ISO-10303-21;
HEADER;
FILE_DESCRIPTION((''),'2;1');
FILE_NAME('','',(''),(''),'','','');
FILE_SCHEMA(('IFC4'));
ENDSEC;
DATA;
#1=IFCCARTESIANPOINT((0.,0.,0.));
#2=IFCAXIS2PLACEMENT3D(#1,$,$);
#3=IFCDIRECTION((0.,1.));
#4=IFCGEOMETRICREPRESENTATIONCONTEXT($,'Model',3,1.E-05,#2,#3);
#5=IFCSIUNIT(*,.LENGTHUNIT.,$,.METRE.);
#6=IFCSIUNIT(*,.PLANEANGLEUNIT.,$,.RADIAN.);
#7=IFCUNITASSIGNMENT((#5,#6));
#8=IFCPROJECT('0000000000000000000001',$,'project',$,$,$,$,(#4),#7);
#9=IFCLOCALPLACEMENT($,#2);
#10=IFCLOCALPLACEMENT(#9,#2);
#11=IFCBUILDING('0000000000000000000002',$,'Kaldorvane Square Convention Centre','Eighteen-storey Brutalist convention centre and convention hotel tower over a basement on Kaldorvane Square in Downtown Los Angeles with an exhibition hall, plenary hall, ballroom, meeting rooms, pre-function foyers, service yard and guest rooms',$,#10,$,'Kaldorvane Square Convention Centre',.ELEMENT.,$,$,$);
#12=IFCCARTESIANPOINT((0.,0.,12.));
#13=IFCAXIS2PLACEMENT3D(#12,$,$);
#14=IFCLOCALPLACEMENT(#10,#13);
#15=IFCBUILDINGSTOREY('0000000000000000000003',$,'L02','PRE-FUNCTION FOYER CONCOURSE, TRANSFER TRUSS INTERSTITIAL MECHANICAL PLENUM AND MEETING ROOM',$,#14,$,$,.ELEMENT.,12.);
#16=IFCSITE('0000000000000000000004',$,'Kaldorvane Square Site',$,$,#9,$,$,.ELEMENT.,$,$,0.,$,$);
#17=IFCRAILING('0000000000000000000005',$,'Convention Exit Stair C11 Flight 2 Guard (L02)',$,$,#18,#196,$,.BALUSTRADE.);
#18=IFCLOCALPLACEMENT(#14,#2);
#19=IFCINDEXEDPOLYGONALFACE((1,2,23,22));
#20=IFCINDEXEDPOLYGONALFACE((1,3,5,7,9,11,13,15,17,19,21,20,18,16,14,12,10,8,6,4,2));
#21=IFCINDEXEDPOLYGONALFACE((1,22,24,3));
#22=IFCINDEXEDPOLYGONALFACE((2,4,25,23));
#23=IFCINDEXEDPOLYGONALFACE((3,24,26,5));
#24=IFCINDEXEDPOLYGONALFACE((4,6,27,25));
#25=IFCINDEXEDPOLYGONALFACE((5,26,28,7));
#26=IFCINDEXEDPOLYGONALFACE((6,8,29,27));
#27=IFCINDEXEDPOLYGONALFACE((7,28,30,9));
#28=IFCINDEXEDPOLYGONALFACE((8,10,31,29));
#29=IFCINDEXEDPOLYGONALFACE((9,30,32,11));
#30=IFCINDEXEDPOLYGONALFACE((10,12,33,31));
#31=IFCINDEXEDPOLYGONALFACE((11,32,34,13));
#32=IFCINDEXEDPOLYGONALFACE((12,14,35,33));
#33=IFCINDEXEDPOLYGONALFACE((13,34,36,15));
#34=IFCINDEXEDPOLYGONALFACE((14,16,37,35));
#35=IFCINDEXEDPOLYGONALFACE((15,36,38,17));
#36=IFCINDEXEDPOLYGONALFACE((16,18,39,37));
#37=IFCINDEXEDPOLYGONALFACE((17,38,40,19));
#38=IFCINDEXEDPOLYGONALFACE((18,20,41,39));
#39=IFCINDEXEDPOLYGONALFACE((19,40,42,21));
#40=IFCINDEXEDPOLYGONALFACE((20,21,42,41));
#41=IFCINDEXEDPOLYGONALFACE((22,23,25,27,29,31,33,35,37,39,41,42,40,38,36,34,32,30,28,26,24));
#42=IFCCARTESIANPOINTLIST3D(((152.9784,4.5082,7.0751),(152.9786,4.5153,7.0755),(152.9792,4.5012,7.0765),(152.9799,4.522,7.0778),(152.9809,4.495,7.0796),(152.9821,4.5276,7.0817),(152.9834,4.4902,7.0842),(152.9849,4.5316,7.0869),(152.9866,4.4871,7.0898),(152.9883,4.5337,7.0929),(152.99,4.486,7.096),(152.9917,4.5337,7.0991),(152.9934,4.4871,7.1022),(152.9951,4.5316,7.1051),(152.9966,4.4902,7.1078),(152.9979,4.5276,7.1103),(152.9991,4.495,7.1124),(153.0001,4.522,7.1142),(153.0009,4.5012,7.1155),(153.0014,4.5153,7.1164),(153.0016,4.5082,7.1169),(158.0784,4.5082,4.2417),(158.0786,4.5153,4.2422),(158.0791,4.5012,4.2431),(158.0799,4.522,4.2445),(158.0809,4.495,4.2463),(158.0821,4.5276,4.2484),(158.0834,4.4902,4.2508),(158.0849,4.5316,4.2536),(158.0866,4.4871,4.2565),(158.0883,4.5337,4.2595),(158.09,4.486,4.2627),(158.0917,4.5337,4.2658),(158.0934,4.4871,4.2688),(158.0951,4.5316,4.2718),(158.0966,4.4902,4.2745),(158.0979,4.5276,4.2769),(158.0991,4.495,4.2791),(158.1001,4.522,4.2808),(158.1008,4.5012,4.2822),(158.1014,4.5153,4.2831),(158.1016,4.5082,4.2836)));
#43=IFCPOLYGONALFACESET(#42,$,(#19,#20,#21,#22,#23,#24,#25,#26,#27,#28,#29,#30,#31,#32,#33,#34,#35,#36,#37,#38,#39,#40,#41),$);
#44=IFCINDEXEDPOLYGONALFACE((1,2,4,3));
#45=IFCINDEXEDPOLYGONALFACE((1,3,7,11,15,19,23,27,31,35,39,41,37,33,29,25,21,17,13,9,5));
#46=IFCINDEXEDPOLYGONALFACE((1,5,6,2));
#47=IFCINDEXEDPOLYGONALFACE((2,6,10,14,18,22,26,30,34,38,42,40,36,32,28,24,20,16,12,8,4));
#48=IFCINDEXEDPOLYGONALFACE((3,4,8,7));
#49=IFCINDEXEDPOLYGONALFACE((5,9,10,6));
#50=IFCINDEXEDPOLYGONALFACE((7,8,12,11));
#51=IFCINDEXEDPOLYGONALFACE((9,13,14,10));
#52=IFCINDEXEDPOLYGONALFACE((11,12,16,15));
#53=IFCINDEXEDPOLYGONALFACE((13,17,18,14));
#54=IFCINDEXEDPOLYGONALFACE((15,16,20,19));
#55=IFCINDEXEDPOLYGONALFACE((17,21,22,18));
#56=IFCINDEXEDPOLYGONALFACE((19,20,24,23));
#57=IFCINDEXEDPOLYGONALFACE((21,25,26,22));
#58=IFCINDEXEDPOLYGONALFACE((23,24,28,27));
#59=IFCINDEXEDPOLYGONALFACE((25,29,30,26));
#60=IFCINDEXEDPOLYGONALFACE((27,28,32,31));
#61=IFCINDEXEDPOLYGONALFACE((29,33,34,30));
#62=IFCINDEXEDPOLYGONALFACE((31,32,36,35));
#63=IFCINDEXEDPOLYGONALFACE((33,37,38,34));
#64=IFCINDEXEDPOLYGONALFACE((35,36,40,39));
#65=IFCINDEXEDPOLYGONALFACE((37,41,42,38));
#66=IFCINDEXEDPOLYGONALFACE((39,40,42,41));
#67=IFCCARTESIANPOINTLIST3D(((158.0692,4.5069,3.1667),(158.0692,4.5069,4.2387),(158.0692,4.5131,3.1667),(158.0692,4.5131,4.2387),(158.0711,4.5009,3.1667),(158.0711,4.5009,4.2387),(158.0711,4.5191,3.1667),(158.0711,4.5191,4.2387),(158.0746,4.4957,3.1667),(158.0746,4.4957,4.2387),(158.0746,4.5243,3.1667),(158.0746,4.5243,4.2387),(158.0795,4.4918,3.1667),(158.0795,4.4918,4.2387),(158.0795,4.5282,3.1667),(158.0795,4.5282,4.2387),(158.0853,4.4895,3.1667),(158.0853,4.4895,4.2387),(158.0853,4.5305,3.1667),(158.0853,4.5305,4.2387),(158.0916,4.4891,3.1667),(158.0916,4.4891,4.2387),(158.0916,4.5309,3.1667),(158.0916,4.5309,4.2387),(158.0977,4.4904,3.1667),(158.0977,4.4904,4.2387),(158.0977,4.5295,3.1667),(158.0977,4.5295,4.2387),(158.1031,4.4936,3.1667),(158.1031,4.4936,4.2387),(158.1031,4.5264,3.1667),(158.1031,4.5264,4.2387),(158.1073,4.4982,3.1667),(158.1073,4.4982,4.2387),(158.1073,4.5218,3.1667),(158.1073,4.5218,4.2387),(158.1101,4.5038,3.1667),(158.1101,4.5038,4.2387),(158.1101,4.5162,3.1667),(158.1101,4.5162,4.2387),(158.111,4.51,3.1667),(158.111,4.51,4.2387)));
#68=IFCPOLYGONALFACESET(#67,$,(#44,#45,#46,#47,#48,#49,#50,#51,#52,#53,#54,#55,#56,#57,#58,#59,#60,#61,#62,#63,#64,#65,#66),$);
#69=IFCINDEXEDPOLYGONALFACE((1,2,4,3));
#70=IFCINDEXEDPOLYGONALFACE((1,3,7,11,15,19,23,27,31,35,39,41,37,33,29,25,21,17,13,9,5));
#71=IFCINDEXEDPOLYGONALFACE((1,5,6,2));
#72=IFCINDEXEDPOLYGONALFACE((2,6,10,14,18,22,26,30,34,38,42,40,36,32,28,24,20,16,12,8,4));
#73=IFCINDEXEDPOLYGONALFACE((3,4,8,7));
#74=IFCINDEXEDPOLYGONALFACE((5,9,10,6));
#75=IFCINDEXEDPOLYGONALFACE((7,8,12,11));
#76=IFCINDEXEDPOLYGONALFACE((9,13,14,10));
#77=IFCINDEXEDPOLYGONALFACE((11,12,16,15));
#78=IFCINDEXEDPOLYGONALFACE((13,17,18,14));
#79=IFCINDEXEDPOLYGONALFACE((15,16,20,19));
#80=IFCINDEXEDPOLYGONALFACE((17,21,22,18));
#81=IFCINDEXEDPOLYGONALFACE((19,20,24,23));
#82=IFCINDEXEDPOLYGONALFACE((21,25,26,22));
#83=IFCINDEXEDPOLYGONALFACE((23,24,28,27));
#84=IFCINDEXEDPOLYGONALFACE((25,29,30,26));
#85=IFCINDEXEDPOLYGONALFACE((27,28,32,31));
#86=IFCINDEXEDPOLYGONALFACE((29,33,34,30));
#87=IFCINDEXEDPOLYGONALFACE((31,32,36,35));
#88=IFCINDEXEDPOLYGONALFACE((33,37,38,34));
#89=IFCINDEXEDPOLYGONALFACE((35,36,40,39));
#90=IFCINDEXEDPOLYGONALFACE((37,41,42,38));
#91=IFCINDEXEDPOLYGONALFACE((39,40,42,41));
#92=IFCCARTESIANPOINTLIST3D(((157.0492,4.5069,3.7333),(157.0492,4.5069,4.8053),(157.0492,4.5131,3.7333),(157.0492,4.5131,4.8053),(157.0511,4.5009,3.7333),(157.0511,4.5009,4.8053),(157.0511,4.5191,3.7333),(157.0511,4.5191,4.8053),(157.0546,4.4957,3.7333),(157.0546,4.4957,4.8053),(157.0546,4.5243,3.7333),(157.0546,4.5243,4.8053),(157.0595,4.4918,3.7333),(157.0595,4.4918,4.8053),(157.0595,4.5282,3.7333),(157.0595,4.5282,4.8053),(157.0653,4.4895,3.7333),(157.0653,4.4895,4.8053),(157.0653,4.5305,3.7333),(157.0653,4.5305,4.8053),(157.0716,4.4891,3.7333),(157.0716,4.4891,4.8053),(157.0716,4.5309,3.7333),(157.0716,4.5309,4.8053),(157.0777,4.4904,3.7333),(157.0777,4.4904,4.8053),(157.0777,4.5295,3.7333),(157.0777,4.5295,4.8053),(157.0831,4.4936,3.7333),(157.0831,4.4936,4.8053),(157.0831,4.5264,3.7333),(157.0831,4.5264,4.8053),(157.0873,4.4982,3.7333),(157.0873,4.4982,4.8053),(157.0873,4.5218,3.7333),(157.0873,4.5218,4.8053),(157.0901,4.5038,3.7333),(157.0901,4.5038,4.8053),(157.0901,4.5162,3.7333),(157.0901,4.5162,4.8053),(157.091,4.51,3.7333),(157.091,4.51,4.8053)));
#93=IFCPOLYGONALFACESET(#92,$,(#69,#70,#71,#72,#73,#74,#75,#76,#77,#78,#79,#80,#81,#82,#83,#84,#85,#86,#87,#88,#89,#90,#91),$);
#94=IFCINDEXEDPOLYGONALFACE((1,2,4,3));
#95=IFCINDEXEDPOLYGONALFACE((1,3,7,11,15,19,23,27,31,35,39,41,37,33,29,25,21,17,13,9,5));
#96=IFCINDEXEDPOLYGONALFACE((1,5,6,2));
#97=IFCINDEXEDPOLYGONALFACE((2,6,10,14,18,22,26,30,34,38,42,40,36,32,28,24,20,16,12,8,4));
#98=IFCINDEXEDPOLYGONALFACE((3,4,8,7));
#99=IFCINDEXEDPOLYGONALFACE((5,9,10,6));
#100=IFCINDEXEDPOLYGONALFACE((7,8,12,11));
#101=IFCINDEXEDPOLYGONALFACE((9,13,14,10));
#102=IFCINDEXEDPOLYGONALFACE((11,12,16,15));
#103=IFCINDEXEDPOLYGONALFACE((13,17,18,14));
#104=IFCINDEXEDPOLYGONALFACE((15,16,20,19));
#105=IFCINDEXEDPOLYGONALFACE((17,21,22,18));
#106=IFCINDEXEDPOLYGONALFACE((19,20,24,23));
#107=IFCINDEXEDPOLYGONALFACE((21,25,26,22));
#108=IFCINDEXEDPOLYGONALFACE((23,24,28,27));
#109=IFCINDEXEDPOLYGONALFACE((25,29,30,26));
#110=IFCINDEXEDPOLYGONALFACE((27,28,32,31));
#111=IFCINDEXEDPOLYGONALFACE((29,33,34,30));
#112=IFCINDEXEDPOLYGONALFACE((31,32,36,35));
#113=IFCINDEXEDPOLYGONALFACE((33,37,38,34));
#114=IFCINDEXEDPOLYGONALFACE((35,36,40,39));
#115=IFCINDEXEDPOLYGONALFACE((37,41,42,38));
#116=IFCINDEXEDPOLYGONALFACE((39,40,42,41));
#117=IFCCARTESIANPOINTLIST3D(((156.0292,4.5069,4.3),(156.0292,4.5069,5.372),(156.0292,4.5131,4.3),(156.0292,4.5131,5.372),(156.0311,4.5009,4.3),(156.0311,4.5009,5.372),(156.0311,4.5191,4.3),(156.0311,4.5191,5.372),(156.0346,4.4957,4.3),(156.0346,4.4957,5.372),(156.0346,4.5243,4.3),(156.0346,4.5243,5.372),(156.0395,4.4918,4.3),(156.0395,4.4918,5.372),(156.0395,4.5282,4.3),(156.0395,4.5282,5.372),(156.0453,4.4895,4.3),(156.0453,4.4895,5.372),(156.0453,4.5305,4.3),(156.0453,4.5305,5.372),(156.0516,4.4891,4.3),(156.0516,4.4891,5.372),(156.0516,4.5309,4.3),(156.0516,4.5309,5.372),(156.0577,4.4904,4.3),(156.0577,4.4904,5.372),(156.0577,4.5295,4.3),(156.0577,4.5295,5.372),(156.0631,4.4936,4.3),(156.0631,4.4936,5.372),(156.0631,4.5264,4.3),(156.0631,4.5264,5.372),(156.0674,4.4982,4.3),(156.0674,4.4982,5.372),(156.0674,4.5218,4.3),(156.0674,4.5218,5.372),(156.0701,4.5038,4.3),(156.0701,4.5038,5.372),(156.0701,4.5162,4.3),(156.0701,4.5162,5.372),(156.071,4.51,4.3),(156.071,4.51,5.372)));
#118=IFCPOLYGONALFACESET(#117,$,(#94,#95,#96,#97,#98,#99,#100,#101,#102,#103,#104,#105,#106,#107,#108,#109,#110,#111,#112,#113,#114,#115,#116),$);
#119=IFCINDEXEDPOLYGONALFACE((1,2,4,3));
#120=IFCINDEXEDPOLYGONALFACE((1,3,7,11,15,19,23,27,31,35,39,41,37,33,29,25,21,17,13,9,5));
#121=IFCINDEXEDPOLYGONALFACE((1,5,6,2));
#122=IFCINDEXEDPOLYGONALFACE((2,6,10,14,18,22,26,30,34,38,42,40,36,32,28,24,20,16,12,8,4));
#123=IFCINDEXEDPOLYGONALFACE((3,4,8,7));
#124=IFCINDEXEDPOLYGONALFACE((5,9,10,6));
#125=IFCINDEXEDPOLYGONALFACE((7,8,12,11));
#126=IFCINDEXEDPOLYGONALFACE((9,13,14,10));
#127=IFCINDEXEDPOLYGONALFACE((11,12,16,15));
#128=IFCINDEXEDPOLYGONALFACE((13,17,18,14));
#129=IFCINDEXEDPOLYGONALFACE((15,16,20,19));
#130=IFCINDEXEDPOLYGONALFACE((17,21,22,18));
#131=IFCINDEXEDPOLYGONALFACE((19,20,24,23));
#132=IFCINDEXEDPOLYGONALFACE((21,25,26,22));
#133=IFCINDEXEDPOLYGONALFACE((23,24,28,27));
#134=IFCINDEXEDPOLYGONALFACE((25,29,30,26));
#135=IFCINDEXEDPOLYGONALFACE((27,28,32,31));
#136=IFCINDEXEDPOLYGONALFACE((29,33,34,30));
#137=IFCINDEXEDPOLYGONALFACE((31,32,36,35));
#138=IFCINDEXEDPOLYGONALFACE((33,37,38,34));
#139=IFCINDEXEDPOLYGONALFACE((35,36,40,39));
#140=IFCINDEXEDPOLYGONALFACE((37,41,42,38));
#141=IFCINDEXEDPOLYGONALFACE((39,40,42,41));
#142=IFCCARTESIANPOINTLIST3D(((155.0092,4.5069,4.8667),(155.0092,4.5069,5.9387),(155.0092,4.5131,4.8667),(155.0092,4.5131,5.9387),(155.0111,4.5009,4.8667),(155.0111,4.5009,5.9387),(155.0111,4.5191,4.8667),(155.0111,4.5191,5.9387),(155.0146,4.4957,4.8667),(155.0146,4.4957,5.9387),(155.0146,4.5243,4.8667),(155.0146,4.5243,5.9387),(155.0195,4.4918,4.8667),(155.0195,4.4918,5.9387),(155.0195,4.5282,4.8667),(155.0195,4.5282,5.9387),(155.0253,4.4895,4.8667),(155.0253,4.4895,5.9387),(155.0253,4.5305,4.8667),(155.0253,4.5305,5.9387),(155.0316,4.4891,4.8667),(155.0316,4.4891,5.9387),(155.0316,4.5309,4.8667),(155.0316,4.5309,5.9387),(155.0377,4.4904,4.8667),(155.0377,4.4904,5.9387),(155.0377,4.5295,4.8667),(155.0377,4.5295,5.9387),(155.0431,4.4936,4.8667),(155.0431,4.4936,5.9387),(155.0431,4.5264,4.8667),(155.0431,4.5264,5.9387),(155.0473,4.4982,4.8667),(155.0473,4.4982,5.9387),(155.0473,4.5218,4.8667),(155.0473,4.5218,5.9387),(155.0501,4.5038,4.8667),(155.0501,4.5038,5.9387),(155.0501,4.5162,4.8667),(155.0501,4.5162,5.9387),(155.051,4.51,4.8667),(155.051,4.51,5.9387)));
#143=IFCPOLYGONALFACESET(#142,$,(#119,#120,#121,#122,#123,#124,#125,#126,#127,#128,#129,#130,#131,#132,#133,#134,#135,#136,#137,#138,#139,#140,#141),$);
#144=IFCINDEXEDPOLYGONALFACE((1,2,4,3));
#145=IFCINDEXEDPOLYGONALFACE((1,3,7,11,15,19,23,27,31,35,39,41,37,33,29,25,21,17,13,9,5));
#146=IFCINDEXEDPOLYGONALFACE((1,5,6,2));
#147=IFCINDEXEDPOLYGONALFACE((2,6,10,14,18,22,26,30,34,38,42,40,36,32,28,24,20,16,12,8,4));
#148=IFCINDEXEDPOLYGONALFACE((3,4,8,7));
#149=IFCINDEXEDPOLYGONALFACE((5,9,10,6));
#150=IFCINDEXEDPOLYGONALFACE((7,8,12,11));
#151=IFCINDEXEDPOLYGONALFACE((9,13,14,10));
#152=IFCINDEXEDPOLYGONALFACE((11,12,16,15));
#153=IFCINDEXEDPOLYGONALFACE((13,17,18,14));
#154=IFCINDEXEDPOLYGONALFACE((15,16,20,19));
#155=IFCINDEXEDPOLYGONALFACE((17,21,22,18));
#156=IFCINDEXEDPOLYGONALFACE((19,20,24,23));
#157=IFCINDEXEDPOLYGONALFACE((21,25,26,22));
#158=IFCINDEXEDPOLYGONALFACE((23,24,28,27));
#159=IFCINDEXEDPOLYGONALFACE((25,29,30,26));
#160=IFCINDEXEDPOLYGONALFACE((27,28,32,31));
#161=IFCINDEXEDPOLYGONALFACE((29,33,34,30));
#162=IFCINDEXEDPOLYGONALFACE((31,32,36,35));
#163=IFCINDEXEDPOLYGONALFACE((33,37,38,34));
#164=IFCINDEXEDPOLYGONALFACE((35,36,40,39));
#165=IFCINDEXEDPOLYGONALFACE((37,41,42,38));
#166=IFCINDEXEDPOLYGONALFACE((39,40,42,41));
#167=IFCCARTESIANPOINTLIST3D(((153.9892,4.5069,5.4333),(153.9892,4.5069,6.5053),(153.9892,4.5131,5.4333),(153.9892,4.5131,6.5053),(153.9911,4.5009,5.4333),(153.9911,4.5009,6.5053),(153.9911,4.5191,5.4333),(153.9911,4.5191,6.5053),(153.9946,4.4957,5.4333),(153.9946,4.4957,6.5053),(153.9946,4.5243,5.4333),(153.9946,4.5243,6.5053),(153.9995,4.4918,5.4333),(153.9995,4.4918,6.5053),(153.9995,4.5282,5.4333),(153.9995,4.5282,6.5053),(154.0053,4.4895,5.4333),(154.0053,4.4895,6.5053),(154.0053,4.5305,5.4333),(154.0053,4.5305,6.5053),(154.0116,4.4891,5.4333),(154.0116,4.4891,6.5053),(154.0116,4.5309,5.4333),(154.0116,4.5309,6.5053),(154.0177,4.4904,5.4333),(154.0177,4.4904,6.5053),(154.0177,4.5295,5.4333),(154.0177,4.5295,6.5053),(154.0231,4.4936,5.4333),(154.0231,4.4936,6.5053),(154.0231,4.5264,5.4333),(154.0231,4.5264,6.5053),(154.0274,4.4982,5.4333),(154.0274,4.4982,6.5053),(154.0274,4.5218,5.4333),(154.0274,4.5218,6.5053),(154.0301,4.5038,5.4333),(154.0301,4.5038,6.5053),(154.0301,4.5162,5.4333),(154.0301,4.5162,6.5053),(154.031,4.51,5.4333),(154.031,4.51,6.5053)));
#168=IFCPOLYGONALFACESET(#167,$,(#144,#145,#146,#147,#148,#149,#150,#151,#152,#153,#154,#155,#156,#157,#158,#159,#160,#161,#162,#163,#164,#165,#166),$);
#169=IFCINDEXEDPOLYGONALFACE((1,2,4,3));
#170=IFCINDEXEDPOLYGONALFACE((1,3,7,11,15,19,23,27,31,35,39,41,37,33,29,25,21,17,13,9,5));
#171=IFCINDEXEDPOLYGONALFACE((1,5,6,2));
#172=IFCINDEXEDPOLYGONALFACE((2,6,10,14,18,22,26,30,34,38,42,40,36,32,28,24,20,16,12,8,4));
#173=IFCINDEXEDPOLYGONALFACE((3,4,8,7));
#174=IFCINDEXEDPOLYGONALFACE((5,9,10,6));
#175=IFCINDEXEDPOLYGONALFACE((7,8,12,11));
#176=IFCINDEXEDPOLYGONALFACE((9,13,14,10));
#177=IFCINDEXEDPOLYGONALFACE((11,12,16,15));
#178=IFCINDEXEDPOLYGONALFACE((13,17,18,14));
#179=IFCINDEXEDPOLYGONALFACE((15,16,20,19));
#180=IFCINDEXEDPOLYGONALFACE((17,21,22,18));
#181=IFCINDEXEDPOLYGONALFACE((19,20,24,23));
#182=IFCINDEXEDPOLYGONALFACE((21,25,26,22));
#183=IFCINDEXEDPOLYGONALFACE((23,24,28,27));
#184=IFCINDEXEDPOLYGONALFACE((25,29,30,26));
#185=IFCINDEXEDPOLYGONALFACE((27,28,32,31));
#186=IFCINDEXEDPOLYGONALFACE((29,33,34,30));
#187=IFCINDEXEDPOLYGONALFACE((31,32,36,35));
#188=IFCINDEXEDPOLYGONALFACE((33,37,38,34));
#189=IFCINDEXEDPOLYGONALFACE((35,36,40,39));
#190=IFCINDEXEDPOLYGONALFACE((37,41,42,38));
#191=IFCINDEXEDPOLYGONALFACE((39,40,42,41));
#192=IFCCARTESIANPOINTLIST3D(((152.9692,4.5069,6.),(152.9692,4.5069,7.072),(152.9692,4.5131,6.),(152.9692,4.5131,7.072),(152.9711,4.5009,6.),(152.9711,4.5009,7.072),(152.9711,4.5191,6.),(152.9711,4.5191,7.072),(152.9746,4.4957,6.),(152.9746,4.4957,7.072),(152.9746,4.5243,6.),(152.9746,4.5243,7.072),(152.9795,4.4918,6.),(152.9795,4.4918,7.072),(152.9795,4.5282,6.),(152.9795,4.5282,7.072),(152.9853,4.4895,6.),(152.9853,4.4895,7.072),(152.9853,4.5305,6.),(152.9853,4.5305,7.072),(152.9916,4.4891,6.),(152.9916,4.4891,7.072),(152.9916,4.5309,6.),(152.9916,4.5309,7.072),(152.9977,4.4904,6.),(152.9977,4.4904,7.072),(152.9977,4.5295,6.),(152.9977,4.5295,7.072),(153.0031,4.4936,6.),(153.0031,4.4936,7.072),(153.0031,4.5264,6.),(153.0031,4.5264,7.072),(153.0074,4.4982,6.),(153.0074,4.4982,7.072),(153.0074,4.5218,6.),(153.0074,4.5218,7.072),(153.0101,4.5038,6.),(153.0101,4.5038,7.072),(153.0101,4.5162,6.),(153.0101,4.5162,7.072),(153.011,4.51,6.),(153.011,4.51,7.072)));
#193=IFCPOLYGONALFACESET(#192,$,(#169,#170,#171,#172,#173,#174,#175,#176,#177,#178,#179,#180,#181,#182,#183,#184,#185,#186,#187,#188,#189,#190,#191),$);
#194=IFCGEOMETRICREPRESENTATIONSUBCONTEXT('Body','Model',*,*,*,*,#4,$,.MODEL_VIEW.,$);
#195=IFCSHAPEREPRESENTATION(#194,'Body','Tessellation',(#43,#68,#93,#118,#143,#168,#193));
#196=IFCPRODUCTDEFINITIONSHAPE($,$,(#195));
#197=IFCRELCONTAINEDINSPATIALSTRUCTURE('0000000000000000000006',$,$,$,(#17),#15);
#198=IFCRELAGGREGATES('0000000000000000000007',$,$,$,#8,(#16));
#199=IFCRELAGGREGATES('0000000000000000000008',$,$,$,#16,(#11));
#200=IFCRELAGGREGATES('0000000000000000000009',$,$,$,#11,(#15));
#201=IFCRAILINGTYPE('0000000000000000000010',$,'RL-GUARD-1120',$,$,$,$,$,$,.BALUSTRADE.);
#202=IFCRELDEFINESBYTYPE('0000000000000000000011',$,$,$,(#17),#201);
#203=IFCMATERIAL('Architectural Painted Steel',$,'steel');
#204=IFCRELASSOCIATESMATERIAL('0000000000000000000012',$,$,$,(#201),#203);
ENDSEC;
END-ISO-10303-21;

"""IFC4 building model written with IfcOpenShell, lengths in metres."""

from ifc_helpers import new_model, si_unit, direction, frame, origin, origin_2d, place, context, subcontext, project, spatial, circle, extrude, material, type_object, element, save


model = new_model("IFC4")

# Units and contexts
model_context = context("Model", 3, precision=1e-05, world=origin(), true_north=direction((0.0, 1.0)))
body_context = subcontext(model_context, "Body", "Model", "MODEL_VIEW")
ifc_project = project(units=[si_unit("LENGTHUNIT", "METRE"), si_unit("PLANEANGLEUNIT", "RADIAN")], contexts=[model_context])

# Site, building, storey
site_placement = place(None, origin())
site = spatial("IfcSite", under=ifc_project, at=site_placement, Name="Kaldorvane Square Site", CompositionType="ELEMENT", RefElevation=0.0)
building_placement = place(site_placement, origin())
building = spatial("IfcBuilding", under=site, at=building_placement, Name="Kaldorvane Square Convention Centre", Description="Eighteen-storey Brutalist convention centre and convention hotel tower over a basement on Kaldorvane Square in Downtown Los Angeles with an exhibition hall, plenary hall, ballroom, meeting rooms, pre-function foyers, service yard and guest rooms", LongName="Kaldorvane Square Convention Centre", CompositionType="ELEMENT")
storey_placement = place(building_placement, frame((0.0, 0.0, 12.0)))
storey = spatial("IfcBuildingStorey", under=building, at=storey_placement, Name="L02", Description="PRE-FUNCTION FOYER CONCOURSE, TRANSFER TRUSS INTERSTITIAL MECHANICAL PLENUM AND MEETING ROOM", CompositionType="ELEMENT", Elevation=12.0)

# Railing
ifc_material_1 = material(Name="Architectural Painted Steel", Category="steel")
railing_type_1 = type_object("IfcRailingType", Name="RL-GUARD-1120", PredefinedType="BALUSTRADE", material=ifc_material_1)
railing_1_placement = place(storey_placement, frame((158.09, 4.51, 3.1667)))
element("IfcRailing", 1, at=railing_1_placement, inside=storey, type_object=railing_type_1, Name="Convention Exit Stair C11 Flight 2 Guard (L02)", PredefinedType="BALUSTRADE", context=body_context, shape_type="SweptSolid", body=[
    extrude(circle(Radius=0.024, at=origin_2d()), frame((0.0, 0.0, 1.096), z_axis=(-0.874157, 0.0, 0.485643), x_axis=(0.0, -1.0, 0.0)), (0.0, 0.0, 1.0), 5.8342),
    extrude(circle(Radius=0.021, at=origin_2d()), origin(), (0.0, 0.0, 1.0), 1.072),
    extrude(circle(Radius=0.021, at=origin_2d()), frame((-1.02, 0.0, 0.5667)), (0.0, 0.0, 1.0), 1.072),
    extrude(circle(Radius=0.021, at=origin_2d()), frame((-2.04, 0.0, 1.1333)), (0.0, 0.0, 1.0), 1.072),
    extrude(circle(Radius=0.021, at=origin_2d()), frame((-3.06, 0.0, 1.7)), (0.0, 0.0, 1.0), 1.072),
    extrude(circle(Radius=0.021, at=origin_2d()), frame((-4.08, 0.0, 2.2667)), (0.0, 0.0, 1.0), 1.072),
    extrude(circle(Radius=0.021, at=origin_2d()), frame((-5.1, 0.0, 2.8333)), (0.0, 0.0, 1.0), 1.072),
])

save(model, "model.ifc")
